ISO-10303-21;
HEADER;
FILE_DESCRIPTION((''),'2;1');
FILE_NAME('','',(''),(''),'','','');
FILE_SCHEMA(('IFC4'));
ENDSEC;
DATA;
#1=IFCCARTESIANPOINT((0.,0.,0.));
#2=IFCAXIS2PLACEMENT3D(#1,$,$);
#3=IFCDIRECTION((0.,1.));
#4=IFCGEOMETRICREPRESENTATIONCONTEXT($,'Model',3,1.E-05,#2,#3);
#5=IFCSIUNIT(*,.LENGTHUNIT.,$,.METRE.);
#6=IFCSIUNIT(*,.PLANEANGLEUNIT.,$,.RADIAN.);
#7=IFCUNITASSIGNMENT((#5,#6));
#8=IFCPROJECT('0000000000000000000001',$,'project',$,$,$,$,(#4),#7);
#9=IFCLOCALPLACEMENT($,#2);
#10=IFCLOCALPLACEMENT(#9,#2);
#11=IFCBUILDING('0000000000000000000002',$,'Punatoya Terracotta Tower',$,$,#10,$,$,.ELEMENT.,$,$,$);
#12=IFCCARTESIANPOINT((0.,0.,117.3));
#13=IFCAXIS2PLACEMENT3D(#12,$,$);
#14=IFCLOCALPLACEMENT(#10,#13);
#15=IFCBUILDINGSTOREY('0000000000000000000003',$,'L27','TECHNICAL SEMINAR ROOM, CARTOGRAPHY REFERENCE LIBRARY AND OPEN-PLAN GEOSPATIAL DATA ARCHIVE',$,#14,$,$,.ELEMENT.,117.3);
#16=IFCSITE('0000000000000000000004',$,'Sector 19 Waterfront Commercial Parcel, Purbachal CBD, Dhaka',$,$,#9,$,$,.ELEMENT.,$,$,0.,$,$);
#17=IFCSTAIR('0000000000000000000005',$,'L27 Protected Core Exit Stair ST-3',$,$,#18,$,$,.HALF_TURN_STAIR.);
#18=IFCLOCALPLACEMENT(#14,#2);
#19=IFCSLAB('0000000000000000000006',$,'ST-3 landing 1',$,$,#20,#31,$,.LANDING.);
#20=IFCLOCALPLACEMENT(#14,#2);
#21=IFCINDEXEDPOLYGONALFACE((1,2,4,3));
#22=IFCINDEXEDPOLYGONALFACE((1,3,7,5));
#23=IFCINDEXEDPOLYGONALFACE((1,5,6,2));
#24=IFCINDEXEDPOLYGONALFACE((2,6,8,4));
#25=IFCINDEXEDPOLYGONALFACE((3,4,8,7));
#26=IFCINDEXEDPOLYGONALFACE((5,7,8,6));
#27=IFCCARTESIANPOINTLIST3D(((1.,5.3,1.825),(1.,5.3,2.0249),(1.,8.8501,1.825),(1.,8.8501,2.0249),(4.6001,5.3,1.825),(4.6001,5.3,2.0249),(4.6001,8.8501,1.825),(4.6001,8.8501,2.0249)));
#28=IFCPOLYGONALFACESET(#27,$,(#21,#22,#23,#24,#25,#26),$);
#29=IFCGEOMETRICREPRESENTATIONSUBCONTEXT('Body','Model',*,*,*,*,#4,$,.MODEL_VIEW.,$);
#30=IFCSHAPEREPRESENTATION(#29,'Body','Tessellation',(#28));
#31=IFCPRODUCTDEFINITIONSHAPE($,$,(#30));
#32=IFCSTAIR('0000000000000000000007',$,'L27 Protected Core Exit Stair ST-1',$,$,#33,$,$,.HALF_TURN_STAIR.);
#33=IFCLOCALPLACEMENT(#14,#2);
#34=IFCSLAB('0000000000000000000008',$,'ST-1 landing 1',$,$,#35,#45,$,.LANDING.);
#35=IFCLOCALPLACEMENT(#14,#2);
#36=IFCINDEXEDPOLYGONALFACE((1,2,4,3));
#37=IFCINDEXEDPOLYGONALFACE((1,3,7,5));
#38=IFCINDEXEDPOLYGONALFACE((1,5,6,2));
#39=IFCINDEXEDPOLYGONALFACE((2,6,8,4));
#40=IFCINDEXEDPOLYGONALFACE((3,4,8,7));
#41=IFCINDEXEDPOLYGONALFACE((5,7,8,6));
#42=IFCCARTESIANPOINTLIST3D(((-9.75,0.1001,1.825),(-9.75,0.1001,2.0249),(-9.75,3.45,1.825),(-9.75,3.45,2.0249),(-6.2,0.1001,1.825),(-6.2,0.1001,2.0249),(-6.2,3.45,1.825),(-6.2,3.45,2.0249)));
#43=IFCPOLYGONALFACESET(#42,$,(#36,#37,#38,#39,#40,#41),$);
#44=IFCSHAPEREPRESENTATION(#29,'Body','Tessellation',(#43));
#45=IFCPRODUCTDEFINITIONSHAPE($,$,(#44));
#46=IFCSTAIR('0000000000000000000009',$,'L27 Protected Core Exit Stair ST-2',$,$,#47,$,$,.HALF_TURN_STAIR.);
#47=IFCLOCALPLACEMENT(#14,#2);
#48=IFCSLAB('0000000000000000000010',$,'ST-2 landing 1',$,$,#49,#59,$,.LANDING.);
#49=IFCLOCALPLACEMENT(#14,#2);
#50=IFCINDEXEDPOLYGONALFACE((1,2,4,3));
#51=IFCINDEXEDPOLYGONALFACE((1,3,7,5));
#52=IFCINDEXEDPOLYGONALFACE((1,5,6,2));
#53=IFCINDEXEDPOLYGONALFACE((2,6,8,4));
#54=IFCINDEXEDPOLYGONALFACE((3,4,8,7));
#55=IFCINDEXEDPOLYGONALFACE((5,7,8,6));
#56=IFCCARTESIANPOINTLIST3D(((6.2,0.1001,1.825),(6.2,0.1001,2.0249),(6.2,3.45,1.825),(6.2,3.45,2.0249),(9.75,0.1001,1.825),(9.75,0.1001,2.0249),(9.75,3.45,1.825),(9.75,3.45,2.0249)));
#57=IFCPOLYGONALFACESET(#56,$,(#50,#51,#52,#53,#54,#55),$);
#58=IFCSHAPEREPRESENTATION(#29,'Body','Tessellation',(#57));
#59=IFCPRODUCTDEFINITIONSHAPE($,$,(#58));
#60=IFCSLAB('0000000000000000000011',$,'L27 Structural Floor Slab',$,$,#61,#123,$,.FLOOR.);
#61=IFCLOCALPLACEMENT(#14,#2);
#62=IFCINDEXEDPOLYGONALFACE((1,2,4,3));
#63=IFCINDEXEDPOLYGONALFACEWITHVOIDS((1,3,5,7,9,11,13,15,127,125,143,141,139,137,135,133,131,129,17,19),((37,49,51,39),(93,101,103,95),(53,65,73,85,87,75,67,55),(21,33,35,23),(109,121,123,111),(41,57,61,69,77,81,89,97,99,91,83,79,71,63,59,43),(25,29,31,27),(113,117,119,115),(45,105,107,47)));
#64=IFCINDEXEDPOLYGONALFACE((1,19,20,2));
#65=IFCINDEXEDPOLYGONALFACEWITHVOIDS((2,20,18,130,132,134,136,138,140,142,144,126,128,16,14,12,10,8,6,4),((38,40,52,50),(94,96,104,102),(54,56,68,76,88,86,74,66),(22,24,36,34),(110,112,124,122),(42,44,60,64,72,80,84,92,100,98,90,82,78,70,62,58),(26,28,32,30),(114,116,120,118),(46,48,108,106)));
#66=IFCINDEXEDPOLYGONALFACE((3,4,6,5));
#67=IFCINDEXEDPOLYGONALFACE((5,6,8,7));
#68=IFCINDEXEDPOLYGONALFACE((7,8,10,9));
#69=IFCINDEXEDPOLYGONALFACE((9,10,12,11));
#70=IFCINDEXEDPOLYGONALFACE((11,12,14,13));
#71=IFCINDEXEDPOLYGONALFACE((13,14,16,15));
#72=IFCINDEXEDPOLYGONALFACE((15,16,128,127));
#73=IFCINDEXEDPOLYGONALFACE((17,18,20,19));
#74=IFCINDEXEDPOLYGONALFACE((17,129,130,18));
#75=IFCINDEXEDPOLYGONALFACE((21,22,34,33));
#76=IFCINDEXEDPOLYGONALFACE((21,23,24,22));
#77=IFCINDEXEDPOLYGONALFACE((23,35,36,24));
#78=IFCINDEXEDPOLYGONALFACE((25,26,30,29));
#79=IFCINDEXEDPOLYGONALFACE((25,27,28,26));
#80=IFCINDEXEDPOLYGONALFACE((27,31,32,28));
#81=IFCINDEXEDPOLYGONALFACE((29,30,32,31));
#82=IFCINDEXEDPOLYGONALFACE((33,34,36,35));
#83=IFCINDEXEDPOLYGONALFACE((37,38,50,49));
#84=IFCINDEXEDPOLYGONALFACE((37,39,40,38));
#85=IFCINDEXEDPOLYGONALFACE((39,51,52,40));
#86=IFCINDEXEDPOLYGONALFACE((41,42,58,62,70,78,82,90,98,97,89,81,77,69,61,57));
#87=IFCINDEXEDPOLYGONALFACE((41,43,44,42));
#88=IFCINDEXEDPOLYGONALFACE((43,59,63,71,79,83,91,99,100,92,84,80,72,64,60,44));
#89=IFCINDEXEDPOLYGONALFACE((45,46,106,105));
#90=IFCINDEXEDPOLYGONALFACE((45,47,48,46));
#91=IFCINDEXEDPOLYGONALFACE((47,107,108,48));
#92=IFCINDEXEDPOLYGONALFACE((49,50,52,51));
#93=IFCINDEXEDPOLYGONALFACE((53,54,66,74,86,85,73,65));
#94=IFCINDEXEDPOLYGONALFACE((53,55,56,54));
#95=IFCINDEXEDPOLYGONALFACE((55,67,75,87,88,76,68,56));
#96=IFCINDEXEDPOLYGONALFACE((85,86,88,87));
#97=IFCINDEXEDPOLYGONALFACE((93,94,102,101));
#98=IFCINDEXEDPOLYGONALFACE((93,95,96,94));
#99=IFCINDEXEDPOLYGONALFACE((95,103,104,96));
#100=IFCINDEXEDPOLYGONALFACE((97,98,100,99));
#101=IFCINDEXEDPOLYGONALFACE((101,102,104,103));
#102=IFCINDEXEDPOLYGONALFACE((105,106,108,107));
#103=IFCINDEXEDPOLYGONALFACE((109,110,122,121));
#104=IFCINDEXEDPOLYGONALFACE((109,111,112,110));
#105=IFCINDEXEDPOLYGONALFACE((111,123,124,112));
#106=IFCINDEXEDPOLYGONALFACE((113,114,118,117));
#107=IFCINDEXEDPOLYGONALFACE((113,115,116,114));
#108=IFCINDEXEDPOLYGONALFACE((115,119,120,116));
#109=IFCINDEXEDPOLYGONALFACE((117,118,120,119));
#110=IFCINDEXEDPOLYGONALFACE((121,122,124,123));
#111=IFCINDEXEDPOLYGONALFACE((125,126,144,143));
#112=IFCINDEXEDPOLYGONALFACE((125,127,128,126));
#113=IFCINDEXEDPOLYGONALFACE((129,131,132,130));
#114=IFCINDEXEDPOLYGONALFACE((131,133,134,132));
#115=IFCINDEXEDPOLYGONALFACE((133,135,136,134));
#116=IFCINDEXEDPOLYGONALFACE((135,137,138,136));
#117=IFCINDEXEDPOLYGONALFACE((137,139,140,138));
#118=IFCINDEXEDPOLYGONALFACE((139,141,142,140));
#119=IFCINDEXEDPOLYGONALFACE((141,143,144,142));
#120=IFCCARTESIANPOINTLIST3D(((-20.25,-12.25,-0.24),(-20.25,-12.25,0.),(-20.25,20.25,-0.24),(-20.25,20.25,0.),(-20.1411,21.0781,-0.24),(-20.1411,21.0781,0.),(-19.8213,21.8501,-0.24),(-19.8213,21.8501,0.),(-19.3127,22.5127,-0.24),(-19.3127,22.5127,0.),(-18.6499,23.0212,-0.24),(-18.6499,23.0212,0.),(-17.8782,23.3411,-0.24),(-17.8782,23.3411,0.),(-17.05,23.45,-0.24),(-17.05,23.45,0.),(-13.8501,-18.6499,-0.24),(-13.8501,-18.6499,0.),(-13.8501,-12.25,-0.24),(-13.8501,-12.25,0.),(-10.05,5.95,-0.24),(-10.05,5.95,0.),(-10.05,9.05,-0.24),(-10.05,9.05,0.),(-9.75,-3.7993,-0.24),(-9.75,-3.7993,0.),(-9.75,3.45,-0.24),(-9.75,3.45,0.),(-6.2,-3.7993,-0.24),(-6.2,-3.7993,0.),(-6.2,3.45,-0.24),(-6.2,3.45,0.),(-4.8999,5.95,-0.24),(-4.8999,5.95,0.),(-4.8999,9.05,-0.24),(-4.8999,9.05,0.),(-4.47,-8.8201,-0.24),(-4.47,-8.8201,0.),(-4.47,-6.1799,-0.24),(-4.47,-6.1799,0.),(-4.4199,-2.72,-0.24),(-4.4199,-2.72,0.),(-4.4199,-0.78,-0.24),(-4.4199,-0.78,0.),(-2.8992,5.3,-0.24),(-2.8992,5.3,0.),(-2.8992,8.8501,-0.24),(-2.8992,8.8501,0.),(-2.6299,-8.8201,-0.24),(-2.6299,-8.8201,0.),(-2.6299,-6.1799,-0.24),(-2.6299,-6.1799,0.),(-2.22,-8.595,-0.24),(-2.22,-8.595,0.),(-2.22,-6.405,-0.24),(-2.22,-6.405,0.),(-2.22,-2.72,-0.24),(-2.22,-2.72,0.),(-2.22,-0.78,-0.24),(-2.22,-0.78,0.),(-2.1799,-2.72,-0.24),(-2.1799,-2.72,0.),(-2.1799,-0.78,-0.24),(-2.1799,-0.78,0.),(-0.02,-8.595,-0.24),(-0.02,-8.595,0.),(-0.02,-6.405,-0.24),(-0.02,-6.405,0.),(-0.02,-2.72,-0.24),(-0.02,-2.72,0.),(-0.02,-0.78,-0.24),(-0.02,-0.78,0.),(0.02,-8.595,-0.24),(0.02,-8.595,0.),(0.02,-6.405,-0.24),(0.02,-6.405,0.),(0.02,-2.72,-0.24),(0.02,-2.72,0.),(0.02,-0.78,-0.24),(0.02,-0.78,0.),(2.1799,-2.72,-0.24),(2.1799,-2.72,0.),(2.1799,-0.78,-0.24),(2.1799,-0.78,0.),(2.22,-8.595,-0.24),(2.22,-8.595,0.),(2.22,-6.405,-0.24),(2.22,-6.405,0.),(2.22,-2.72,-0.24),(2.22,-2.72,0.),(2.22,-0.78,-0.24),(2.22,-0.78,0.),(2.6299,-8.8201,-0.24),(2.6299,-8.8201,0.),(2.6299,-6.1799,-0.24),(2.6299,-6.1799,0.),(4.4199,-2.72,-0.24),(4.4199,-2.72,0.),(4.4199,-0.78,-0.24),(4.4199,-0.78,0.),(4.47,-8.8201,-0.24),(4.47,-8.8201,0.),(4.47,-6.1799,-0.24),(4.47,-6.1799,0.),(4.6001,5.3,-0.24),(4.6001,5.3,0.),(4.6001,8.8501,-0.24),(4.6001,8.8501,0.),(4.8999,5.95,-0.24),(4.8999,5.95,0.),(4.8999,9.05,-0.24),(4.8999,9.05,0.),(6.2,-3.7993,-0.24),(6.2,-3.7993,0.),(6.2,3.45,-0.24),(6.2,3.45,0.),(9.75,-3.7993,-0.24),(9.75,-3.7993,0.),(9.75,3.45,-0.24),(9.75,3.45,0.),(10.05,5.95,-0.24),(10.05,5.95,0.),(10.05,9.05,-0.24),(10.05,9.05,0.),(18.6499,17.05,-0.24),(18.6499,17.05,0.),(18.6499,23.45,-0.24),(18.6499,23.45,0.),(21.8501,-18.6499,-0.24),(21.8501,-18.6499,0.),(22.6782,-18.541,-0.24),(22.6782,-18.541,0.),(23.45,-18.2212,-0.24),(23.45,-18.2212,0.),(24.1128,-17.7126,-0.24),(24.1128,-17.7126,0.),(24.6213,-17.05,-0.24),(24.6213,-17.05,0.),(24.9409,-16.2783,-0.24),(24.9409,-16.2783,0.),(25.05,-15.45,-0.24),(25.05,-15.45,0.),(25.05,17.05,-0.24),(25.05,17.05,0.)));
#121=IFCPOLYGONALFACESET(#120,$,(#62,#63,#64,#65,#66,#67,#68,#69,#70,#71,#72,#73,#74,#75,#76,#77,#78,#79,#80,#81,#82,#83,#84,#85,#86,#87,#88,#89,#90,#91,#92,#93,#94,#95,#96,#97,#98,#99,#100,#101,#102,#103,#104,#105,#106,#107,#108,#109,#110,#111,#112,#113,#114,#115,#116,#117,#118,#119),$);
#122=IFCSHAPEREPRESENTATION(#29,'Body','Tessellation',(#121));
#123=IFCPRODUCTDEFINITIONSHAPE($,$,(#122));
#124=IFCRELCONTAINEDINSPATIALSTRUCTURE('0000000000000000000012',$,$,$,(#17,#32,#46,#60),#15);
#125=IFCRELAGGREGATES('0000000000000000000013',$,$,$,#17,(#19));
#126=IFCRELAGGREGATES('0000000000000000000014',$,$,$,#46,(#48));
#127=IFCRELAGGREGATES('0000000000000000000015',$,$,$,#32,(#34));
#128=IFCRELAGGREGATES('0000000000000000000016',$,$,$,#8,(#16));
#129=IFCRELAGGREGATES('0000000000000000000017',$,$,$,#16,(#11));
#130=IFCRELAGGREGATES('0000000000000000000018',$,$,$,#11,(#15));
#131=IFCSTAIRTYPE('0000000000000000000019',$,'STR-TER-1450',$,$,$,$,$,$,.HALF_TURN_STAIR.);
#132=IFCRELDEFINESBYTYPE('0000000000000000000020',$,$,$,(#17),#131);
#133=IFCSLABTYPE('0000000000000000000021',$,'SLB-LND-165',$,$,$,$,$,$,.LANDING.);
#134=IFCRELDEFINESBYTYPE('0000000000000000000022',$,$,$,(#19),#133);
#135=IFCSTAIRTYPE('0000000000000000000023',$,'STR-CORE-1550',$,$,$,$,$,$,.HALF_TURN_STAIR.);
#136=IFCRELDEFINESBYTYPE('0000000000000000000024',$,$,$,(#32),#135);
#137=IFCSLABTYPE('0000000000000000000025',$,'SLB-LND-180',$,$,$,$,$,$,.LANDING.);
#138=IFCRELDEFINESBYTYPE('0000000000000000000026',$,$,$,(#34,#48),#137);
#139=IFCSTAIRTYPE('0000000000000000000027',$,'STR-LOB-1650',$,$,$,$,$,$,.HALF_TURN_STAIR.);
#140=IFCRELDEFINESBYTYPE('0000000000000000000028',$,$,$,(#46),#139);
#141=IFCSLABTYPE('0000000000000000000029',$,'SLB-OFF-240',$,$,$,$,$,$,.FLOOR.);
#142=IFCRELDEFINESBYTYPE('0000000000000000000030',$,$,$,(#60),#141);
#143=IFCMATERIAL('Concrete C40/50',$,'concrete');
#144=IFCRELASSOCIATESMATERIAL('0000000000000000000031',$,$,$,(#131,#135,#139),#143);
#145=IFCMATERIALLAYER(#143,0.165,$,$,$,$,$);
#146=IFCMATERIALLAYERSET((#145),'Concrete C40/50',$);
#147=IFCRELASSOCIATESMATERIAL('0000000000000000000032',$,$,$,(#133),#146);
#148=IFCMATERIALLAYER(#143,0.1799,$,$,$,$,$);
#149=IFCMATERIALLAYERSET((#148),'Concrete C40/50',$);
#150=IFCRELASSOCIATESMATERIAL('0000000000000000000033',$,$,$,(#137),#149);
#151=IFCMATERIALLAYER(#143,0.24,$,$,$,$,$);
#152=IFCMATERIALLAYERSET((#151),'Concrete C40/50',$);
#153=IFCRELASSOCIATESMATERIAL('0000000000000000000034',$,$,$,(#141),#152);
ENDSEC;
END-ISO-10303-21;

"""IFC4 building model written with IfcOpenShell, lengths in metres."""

from ifc_helpers import new_model, si_unit, direction, frame, origin, place, context, subcontext, project, spatial, polyline, outline, extrude, material, layer, layer_set, type_object, element, aggregate, save


model = new_model("IFC4")

# Units and contexts
model_context = context("Model", 3, precision=1e-05, world=origin(), true_north=direction((0.0, 1.0)))
body_context = subcontext(model_context, "Body", "Model", "MODEL_VIEW")
ifc_project = project(units=[si_unit("LENGTHUNIT", "METRE"), si_unit("PLANEANGLEUNIT", "RADIAN")], contexts=[model_context])

# Site, building, storey
site_placement = place(None, origin())
site = spatial("IfcSite", under=ifc_project, at=site_placement, Name="Sector 19 Waterfront Commercial Parcel, Purbachal CBD, Dhaka", CompositionType="ELEMENT", RefElevation=0.0)
building_placement = place(site_placement, origin())
building = spatial("IfcBuilding", under=site, at=building_placement, Name="Punatoya Terracotta Tower", CompositionType="ELEMENT")
storey_placement = place(building_placement, frame((0.0, 0.0, 117.3)))
storey = spatial("IfcBuildingStorey", under=building, at=storey_placement, Name="L27", Description="TECHNICAL SEMINAR ROOM, CARTOGRAPHY REFERENCE LIBRARY AND OPEN-PLAN GEOSPATIAL DATA ARCHIVE", CompositionType="ELEMENT", Elevation=117.3)

# Stairs, slabs
ifc_material_1 = material(Name="Concrete C40/50", Category="concrete")
stair_type_1 = type_object("IfcStairType", Name="STR-TER-1450", PredefinedType="HALF_TURN_STAIR", material=ifc_material_1)
stair_1_placement = place(storey_placement, origin())
stair_1 = element("IfcStair", 1, at=stair_1_placement, inside=storey, type_object=stair_type_1, Name="L27 Protected Core Exit Stair ST-3", PredefinedType="HALF_TURN_STAIR")
ifc_layer_1 = layer(ifc_material_1, 0.165)
ifc_layer_set_1 = layer_set([ifc_layer_1], Name="Concrete C40/50")
slab_type_1 = type_object("IfcSlabType", Name="SLB-LND-165", PredefinedType="LANDING", material=ifc_layer_set_1)
slab_1_placement = place(storey_placement, frame((0.0, 0.0, 1.825)))
slab_1 = element("IfcSlab", 2, at=slab_1_placement, type_object=slab_type_1, Name="ST-3 landing 1", PredefinedType="LANDING", context=body_context, shape_type="SweptSolid", body=[
    extrude(outline(polyline([(1.0, 5.3), (4.6001, 5.3), (4.6001, 8.8501), (1.0, 8.8501), (1.0, 5.3)])), origin(), (0.0, 0.0, 1.0), 0.2),
])
aggregate(stair_1, [slab_1])
stair_type_2 = type_object("IfcStairType", Name="STR-CORE-1550", PredefinedType="HALF_TURN_STAIR", material=ifc_material_1)
stair_2_placement = place(storey_placement, origin())
stair_2 = element("IfcStair", 3, at=stair_2_placement, inside=storey, type_object=stair_type_2, Name="L27 Protected Core Exit Stair ST-1", PredefinedType="HALF_TURN_STAIR")
ifc_layer_2 = layer(ifc_material_1, 0.1799)
ifc_layer_set_2 = layer_set([ifc_layer_2], Name="Concrete C40/50")
slab_type_2 = type_object("IfcSlabType", Name="SLB-LND-180", PredefinedType="LANDING", material=ifc_layer_set_2)
slab_2_placement = place(storey_placement, frame((0.0, 0.0, 1.825)))
slab_2 = element("IfcSlab", 4, at=slab_2_placement, type_object=slab_type_2, Name="ST-1 landing 1", PredefinedType="LANDING", context=body_context, shape_type="SweptSolid", body=[
    extrude(outline(polyline([(-6.2, 0.1001), (-6.2, 3.45), (-9.75, 3.45), (-9.75, 0.1001), (-6.2, 0.1001)])), origin(), (0.0, 0.0, 1.0), 0.2),
])
stair_type_3 = type_object("IfcStairType", Name="STR-LOB-1650", PredefinedType="HALF_TURN_STAIR", material=ifc_material_1)
stair_3_placement = place(storey_placement, origin())
stair_3 = element("IfcStair", 5, at=stair_3_placement, inside=storey, type_object=stair_type_3, Name="L27 Protected Core Exit Stair ST-2", PredefinedType="HALF_TURN_STAIR")
slab_3_placement = place(storey_placement, frame((0.0, 0.0, 1.825)))
slab_3 = element("IfcSlab", 6, at=slab_3_placement, type_object=slab_type_2, Name="ST-2 landing 1", PredefinedType="LANDING", context=body_context, shape_type="SweptSolid", body=[
    extrude(outline(polyline([(9.75, 0.1001), (9.75, 3.45), (6.2, 3.45), (6.2, 0.1001), (9.75, 0.1001)])), origin(), (0.0, 0.0, 1.0), 0.2),
])
aggregate(stair_3, [slab_3])

# Slab
ifc_layer_3 = layer(ifc_material_1, 0.24)
ifc_layer_set_3 = layer_set([ifc_layer_3], Name="Concrete C40/50")
slab_type_3 = type_object("IfcSlabType", Name="SLB-OFF-240", PredefinedType="FLOOR", material=ifc_layer_set_3)
slab_4_placement = place(storey_placement, frame((0.0, 0.0, -0.24)))
element("IfcSlab", 7, at=slab_4_placement, inside=storey, type_object=slab_type_3, Name="L27 Structural Floor Slab", PredefinedType="FLOOR", context=body_context, shape_type="SweptSolid", body=[
    extrude(outline(polyline([(-13.8501, -18.6499), (-13.8501, -12.25), (-20.25, -12.25), (-20.25, 20.25), (-20.1411, 21.0781), (-19.8213, 21.8501), (-19.3127, 22.5127), (-18.6499, 23.0212), (-17.8782, 23.3411), (-17.05, 23.45), (18.6499, 23.45), (18.6499, 17.05), (25.05, 17.05), (25.05, -15.45), (24.9409, -16.2783), (24.6213, -17.05), (24.1128, -17.7126), (23.45, -18.2212), (22.6782, -18.541), (21.8501, -18.6499), (-13.8501, -18.6499)]), holes=[polyline([(-2.6299, -6.1799), (-4.47, -6.1799), (-4.47, -8.8201), (-2.6299, -8.8201), (-2.6299, -6.1799)]), polyline([(0.02, -8.595), (2.22, -8.595), (2.22, -6.405), (0.02, -6.405), (-0.02, -6.405), (-2.22, -6.405), (-2.22, -8.595), (-0.02, -8.595), (0.02, -8.595)]), polyline([(-2.22, -2.72), (-2.1799, -2.72), (-0.02, -2.72), (0.02, -2.72), (2.1799, -2.72), (2.22, -2.72), (4.4199, -2.72), (4.4199, -0.78), (2.22, -0.78), (2.1799, -0.78), (0.02, -0.78), (-0.02, -0.78), (-2.1799, -0.78), (-2.22, -0.78), (-4.4199, -0.78), (-4.4199, -2.72), (-2.22, -2.72)]), polyline([(-6.2, 3.45), (-9.75, 3.45), (-9.75, -3.7993), (-6.2, -3.7993), (-6.2, 3.45)]), polyline([(4.6001, 5.3), (4.6001, 8.8501), (-2.8992, 8.8501), (-2.8992, 5.3), (4.6001, 5.3)]), polyline([(-4.8999, 9.05), (-10.05, 9.05), (-10.05, 5.95), (-4.8999, 5.95), (-4.8999, 9.05)]), polyline([(4.47, -8.8201), (4.47, -6.1799), (2.6299, -6.1799), (2.6299, -8.8201), (4.47, -8.8201)]), polyline([(9.75, 3.45), (6.2, 3.45), (6.2, -3.7993), (9.75, -3.7993), (9.75, 3.45)]), polyline([(10.05, 5.95), (10.05, 9.05), (4.8999, 9.05), (4.8999, 5.95), (10.05, 5.95)])]), origin(), (0.0, 0.0, 1.0), 0.24),
])

aggregate(stair_2, [slab_2])

save(model, "model.ifc")
